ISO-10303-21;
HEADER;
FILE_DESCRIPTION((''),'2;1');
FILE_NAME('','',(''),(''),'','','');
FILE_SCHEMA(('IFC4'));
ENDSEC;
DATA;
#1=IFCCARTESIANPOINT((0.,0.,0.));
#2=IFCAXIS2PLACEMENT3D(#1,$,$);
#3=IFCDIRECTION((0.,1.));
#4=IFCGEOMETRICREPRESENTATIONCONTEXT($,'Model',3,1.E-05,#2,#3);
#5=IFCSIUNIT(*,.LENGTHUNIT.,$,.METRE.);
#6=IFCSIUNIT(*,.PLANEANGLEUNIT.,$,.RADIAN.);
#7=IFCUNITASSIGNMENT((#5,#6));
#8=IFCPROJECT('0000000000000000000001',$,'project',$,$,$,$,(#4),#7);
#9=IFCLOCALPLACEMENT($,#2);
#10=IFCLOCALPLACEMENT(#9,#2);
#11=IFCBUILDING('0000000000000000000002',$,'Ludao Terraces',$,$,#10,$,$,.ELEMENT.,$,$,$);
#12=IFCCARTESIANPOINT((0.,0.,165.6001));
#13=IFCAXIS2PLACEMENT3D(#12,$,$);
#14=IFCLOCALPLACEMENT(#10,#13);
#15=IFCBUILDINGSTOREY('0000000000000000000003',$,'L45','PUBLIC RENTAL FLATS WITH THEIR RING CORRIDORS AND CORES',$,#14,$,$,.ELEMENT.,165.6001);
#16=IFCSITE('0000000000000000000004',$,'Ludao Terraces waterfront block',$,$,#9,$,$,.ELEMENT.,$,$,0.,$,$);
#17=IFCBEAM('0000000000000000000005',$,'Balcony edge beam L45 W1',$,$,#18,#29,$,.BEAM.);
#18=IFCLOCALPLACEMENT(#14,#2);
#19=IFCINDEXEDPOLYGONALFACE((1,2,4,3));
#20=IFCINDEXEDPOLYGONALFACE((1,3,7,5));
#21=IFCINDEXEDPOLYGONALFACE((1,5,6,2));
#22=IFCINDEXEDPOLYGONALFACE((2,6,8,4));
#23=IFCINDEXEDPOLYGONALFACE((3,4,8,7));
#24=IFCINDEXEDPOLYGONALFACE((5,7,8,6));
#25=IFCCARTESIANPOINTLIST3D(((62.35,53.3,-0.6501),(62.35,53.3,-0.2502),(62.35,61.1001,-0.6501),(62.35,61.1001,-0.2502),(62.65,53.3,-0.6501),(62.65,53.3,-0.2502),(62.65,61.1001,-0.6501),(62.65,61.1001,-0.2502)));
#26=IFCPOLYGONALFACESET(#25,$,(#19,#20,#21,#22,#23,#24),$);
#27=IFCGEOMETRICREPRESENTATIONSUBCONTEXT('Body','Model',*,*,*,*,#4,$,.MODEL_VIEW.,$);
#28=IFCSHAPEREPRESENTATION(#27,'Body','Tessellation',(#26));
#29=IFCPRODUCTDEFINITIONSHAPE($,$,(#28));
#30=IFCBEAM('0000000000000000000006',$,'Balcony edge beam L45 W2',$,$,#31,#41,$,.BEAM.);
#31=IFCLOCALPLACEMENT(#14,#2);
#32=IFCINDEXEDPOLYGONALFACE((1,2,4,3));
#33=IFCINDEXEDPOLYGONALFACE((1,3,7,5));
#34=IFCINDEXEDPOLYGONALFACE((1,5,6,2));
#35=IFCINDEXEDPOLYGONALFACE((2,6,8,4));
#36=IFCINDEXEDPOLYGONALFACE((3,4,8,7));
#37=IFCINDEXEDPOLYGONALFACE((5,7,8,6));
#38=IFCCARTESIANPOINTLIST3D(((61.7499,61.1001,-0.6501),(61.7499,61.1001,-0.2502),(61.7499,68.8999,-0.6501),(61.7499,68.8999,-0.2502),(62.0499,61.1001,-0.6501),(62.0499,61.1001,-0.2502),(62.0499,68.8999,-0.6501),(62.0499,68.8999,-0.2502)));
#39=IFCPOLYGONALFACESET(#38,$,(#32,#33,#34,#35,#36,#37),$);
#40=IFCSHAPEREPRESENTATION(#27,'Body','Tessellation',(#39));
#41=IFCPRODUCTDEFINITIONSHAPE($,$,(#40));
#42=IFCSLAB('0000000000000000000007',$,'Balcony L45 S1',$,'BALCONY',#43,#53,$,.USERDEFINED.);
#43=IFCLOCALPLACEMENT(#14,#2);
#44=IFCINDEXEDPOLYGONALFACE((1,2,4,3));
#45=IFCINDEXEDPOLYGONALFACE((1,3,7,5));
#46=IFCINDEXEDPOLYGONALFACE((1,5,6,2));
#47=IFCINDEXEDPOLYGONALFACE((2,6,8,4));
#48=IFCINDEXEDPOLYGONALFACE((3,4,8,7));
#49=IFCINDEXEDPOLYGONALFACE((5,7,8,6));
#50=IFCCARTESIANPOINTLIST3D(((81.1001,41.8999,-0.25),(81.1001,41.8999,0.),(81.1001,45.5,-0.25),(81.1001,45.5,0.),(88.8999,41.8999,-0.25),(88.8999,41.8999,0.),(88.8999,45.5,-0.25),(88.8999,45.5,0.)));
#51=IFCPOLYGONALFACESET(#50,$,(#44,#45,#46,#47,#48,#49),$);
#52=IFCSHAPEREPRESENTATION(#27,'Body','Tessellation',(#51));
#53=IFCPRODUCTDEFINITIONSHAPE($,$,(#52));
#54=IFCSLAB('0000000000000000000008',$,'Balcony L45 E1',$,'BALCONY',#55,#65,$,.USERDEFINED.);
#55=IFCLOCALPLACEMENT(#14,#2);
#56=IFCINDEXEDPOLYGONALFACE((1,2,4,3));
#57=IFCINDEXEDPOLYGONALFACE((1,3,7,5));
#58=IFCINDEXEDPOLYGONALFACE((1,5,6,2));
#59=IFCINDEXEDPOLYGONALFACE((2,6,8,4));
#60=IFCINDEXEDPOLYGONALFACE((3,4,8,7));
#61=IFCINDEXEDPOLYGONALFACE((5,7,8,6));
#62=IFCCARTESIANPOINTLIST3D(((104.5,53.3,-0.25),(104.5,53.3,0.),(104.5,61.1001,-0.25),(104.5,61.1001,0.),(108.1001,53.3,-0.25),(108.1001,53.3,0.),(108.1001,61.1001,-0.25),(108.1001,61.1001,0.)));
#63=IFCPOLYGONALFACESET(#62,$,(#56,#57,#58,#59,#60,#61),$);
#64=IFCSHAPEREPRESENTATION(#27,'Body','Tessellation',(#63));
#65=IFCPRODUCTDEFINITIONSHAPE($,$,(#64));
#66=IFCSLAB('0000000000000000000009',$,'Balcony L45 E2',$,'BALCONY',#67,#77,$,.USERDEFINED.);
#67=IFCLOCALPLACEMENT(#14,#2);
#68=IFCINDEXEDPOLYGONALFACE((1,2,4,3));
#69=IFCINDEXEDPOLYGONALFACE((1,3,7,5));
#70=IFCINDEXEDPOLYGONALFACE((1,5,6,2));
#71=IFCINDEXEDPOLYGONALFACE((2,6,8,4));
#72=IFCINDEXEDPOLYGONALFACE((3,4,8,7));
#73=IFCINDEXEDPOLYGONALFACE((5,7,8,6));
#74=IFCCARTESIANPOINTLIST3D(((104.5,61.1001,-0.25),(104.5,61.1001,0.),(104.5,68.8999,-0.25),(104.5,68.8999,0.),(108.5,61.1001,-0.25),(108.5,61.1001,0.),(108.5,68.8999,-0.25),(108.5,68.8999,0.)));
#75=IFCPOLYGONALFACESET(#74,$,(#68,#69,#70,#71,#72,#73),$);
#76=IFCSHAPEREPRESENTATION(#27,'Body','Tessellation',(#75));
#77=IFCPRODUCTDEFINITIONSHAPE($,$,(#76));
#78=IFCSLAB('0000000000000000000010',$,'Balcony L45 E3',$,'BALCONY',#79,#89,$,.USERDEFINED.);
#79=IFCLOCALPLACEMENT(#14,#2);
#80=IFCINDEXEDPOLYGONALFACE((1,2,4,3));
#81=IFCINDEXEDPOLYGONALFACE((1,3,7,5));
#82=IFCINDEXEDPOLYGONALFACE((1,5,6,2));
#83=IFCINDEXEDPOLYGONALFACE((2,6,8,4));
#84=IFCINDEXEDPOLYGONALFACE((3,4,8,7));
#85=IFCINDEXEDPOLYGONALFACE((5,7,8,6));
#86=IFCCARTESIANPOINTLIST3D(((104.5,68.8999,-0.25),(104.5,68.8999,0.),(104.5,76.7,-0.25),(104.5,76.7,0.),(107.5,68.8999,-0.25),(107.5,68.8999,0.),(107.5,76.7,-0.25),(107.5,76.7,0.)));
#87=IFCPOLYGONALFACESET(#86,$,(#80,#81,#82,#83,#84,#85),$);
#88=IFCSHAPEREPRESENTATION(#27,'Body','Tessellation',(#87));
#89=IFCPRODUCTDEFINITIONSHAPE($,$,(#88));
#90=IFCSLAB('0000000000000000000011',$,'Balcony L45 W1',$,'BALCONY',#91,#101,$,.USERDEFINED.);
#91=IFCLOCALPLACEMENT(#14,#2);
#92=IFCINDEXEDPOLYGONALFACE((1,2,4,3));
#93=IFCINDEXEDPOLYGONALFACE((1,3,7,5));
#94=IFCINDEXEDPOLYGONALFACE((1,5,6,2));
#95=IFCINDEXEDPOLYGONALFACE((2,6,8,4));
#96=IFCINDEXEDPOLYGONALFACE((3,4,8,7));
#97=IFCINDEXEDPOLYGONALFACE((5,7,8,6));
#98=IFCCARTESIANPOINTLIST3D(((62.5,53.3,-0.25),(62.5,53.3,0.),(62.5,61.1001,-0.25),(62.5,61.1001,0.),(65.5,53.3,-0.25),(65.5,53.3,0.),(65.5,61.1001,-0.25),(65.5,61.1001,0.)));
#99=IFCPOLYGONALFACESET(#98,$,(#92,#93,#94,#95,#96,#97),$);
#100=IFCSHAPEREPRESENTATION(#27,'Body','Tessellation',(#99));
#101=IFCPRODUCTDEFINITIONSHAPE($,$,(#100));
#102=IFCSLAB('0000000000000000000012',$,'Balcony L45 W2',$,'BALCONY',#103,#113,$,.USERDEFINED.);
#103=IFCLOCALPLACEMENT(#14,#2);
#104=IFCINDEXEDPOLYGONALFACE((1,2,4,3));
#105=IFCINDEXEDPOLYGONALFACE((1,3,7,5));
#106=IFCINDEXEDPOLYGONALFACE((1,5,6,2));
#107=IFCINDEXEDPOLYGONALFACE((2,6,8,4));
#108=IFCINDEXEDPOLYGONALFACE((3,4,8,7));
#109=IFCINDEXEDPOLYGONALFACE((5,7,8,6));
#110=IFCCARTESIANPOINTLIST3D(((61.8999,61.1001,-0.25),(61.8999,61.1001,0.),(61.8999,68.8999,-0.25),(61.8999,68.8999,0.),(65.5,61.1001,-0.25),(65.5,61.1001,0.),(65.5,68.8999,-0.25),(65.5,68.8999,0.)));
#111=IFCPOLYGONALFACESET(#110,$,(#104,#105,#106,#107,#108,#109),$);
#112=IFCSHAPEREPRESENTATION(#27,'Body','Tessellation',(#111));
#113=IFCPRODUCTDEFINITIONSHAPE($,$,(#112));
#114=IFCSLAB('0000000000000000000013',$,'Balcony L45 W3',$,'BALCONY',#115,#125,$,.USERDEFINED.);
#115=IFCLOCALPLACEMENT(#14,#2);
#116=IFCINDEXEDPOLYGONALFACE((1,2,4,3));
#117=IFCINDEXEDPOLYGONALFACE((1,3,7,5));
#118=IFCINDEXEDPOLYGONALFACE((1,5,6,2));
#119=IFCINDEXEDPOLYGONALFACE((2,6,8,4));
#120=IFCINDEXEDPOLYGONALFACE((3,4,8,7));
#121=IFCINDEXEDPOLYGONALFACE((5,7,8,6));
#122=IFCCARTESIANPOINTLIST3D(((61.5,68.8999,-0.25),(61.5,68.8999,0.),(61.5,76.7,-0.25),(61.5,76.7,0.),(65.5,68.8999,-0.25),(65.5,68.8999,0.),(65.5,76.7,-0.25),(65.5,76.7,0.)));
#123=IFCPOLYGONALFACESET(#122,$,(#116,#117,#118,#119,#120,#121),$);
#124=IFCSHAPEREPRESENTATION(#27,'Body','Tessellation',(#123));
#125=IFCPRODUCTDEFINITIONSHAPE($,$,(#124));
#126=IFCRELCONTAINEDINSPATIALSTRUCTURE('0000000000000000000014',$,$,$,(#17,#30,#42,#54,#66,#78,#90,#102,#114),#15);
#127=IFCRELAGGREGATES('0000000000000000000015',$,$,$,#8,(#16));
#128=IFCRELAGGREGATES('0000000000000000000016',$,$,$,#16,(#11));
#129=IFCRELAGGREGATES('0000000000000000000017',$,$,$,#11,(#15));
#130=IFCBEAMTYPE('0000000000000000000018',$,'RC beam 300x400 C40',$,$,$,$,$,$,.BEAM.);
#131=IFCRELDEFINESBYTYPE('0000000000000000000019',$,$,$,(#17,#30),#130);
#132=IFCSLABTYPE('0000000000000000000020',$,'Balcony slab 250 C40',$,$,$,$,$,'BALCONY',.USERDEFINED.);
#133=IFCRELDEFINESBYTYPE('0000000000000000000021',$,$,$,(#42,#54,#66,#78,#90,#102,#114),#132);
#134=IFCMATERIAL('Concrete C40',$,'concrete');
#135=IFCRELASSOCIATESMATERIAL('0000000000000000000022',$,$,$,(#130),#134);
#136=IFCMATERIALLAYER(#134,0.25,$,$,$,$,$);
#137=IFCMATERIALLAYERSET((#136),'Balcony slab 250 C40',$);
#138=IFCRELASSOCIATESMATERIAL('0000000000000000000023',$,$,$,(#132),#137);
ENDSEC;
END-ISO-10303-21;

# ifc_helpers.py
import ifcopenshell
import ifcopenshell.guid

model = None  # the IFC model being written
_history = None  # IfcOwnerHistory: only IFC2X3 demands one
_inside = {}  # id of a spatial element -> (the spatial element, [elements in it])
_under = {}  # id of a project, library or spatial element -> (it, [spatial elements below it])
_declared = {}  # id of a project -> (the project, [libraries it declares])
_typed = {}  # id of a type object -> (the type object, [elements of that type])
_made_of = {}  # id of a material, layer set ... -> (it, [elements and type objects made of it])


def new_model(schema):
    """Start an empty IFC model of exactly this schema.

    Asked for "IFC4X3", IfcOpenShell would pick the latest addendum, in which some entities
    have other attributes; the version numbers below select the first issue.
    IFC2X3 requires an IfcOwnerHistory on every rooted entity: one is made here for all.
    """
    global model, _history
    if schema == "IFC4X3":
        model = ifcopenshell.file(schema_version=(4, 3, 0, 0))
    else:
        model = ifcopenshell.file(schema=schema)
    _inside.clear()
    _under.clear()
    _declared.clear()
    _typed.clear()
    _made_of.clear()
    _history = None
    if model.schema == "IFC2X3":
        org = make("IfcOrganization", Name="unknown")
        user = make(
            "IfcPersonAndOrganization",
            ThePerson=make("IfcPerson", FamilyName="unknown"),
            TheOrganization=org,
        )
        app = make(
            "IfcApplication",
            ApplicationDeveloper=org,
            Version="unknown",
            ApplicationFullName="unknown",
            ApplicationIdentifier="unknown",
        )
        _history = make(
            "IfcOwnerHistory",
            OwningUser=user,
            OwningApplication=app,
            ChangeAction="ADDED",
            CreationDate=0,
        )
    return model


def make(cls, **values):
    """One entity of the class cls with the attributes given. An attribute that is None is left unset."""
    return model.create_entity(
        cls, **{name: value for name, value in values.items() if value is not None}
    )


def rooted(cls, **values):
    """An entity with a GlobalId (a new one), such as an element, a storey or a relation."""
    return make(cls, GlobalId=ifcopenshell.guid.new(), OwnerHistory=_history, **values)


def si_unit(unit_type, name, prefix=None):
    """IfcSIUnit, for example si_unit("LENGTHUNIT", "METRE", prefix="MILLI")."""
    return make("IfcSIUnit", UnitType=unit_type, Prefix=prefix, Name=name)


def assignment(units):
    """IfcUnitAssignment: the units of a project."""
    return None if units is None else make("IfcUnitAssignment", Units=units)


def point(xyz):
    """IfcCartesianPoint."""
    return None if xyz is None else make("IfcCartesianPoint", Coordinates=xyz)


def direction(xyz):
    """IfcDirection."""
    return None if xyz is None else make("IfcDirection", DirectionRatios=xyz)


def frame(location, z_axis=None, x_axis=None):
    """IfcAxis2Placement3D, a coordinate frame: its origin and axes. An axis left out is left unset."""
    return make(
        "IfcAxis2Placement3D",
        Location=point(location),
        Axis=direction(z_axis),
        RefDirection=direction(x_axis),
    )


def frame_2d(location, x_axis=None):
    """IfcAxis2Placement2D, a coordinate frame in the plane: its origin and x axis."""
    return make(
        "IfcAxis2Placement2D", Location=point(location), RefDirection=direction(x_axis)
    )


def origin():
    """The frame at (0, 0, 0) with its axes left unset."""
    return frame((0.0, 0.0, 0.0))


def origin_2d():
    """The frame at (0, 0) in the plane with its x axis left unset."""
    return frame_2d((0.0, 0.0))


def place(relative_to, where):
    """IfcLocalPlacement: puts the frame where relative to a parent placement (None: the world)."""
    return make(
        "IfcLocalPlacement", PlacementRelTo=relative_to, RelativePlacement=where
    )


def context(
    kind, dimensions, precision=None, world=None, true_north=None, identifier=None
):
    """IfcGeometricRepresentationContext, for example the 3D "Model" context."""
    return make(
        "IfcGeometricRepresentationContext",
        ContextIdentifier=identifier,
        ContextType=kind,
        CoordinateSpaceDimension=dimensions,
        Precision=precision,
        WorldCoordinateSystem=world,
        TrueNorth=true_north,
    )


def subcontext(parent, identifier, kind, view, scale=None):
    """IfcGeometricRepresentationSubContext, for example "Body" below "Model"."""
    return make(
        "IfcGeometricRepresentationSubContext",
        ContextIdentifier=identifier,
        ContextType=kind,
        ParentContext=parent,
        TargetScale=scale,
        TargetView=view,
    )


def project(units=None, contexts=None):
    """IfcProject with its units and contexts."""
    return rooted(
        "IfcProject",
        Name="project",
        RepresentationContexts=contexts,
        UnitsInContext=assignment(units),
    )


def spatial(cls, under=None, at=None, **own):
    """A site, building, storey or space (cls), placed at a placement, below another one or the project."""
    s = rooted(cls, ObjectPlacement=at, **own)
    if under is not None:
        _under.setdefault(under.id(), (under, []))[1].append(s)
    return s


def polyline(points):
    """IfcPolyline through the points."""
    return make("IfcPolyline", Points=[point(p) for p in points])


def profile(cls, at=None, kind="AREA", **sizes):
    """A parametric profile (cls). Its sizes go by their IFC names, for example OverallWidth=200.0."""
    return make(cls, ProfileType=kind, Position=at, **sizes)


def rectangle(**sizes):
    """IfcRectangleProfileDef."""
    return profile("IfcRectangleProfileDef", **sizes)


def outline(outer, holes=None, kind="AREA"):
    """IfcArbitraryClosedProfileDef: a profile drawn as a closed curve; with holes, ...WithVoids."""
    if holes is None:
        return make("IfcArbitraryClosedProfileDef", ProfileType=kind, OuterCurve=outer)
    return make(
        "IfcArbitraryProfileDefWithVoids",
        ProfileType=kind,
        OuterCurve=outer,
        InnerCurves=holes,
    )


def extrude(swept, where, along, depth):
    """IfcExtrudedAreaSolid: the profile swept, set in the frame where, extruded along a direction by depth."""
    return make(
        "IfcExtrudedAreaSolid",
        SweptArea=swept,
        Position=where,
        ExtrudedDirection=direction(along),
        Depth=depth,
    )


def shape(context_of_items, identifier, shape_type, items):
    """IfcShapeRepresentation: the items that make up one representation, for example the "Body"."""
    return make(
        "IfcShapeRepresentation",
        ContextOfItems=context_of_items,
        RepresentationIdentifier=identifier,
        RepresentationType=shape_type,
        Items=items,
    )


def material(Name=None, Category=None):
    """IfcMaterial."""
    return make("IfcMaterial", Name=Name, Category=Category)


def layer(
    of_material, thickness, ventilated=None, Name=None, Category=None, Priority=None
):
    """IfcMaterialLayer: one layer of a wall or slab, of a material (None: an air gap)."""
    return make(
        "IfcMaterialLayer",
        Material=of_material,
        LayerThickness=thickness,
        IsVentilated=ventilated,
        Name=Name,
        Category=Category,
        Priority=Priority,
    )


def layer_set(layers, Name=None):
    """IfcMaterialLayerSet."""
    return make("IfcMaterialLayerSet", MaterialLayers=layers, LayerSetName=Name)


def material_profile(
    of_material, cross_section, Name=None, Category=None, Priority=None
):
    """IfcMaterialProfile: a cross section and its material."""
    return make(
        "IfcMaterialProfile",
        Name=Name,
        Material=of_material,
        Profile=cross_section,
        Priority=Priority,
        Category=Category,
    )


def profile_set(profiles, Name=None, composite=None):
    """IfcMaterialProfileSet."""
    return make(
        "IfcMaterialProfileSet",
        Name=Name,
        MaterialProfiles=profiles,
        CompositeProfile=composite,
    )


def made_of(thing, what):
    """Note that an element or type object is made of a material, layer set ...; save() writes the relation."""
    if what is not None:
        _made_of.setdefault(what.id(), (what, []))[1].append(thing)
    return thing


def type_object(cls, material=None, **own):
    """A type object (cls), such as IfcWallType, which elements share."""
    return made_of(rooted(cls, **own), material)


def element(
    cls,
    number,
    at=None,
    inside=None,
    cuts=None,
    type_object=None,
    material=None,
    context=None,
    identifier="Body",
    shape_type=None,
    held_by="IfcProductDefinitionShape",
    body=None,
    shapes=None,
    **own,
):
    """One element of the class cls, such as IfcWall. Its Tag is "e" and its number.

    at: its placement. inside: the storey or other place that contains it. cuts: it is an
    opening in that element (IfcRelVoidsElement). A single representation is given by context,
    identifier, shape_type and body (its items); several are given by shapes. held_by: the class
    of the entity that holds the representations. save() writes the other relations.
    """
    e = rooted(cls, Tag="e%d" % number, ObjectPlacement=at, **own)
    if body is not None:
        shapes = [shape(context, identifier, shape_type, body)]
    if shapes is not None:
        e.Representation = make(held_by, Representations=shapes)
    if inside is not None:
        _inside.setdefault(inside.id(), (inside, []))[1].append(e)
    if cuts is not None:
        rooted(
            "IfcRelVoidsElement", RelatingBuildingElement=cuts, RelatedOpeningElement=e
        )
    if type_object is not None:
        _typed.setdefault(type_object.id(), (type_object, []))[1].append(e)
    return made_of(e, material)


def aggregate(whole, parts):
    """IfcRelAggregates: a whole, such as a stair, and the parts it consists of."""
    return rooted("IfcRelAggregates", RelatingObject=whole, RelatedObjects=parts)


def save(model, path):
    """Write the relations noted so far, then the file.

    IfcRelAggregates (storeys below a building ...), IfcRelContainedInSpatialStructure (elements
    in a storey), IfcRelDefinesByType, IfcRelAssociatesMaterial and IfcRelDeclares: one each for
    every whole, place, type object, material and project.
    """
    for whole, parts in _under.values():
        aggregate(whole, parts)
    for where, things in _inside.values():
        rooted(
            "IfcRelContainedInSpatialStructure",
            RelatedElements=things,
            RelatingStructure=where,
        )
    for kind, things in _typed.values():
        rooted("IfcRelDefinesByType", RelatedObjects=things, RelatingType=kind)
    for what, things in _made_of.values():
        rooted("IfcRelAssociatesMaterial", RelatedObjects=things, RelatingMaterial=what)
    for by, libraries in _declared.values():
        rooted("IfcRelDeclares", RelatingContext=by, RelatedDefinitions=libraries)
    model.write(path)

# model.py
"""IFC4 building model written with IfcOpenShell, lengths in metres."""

from ifc_helpers import new_model, si_unit, direction, frame, origin, origin_2d, place, context, subcontext, project, spatial, polyline, rectangle, outline, extrude, material, layer, layer_set, material_profile, profile_set, type_object, element, save


model = new_model("IFC4")

# Units and contexts
model_context = context("Model", 3, precision=1e-05, world=origin(), true_north=direction((0.0, 1.0)))
body_context = subcontext(model_context, "Body", "Model", "MODEL_VIEW")
ifc_project = project(units=[si_unit("LENGTHUNIT", "METRE"), si_unit("PLANEANGLEUNIT", "RADIAN")], contexts=[model_context])

# Site, building, storey
site_placement = place(None, origin())
site = spatial("IfcSite", under=ifc_project, at=site_placement, Name="Ludao Terraces waterfront block", CompositionType="ELEMENT", RefElevation=0.0)
building_placement = place(site_placement, origin())
building = spatial("IfcBuilding", under=site, at=building_placement, Name="Ludao Terraces", CompositionType="ELEMENT")
storey_placement = place(building_placement, frame((0.0, 0.0, 165.6001)))
storey = spatial("IfcBuildingStorey", under=building, at=storey_placement, Name="L45", Description="PUBLIC RENTAL FLATS WITH THEIR RING CORRIDORS AND CORES", CompositionType="ELEMENT", Elevation=165.6001)

# Beams
ifc_material_1 = material(Name="Concrete C40", Category="concrete")
ifc_material_profile = material_profile(ifc_material_1, rectangle(XDim=0.3, YDim=0.3999, at=origin_2d()), Name="300 X 400")
ifc_profile_set = profile_set([ifc_material_profile], Name="Concrete C40")
beam_type = type_object("IfcBeamType", Name="RC beam 300x400 C40", PredefinedType="BEAM", material=ifc_profile_set)
beam_1_placement = place(storey_placement, frame((62.5, 53.3, -0.4502), z_axis=(0.0, 1.0, 0.0), x_axis=(-1.0, 0.0, 0.0)))
element("IfcBeam", 1, at=beam_1_placement, inside=storey, type_object=beam_type, Name="Balcony edge beam L45 W1", PredefinedType="BEAM", context=body_context, shape_type="SweptSolid", body=[
    extrude(rectangle(XDim=0.3, YDim=0.3999, at=origin_2d()), origin(), (0.0, 0.0, 1.0), 7.8),
])
beam_2_placement = place(storey_placement, frame((61.8999, 61.1001, -0.4502), z_axis=(0.0, 1.0, 0.0), x_axis=(-1.0, 0.0, 0.0)))
element("IfcBeam", 2, at=beam_2_placement, inside=storey, type_object=beam_type, Name="Balcony edge beam L45 W2", PredefinedType="BEAM", context=body_context, shape_type="SweptSolid", body=[
    extrude(rectangle(XDim=0.3, YDim=0.3999, at=origin_2d()), origin(), (0.0, 0.0, 1.0), 7.7998),
])

# Slabs
ifc_layer_1 = layer(ifc_material_1, 0.25)
ifc_layer_set_1 = layer_set([ifc_layer_1], Name="Balcony slab 250 C40")
slab_type_1 = type_object("IfcSlabType", Name="Balcony slab 250 C40", ElementType="BALCONY", PredefinedType="USERDEFINED", material=ifc_layer_set_1)
slab_1_placement = place(storey_placement, frame((0.0, 0.0, -0.25)))
element("IfcSlab", 3, at=slab_1_placement, inside=storey, type_object=slab_type_1, Name="Balcony L45 S1", ObjectType="BALCONY", PredefinedType="USERDEFINED", context=body_context, shape_type="SweptSolid", body=[
    extrude(outline(polyline([(81.1001, 41.8999), (88.8999, 41.8999), (88.8999, 45.5), (81.1001, 45.5), (81.1001, 41.8999)])), origin(), (0.0, 0.0, 1.0), 0.25),
])
slab_2_placement = place(storey_placement, frame((0.0, 0.0, -0.25)))
element("IfcSlab", 4, at=slab_2_placement, inside=storey, type_object=slab_type_1, Name="Balcony L45 E1", ObjectType="BALCONY", PredefinedType="USERDEFINED", context=body_context, shape_type="SweptSolid", body=[
    extrude(outline(polyline([(104.5, 53.3), (108.1001, 53.3), (108.1001, 61.1001), (104.5, 61.1001), (104.5, 53.3)])), origin(), (0.0, 0.0, 1.0), 0.25),
])
slab_3_placement = place(storey_placement, frame((0.0, 0.0, -0.25)))
element("IfcSlab", 5, at=slab_3_placement, inside=storey, type_object=slab_type_1, Name="Balcony L45 E2", ObjectType="BALCONY", PredefinedType="USERDEFINED", context=body_context, shape_type="SweptSolid", body=[
    extrude(outline(polyline([(104.5, 61.1001), (108.5, 61.1001), (108.5, 68.8999), (104.5, 68.8999), (104.5, 61.1001)])), origin(), (0.0, 0.0, 1.0), 0.25),
])
slab_4_placement = place(storey_placement, frame((0.0, 0.0, -0.25)))
element("IfcSlab", 6, at=slab_4_placement, inside=storey, type_object=slab_type_1, Name="Balcony L45 E3", ObjectType="BALCONY", PredefinedType="USERDEFINED", context=body_context, shape_type="SweptSolid", body=[
    extrude(outline(polyline([(104.5, 68.8999), (107.5, 68.8999), (107.5, 76.7), (104.5, 76.7), (104.5, 68.8999)])), origin(), (0.0, 0.0, 1.0), 0.25),
])
slab_5_placement = place(storey_placement, frame((0.0, 0.0, -0.25)))
element("IfcSlab", 7, at=slab_5_placement, inside=storey, type_object=slab_type_1, Name="Balcony L45 W1", ObjectType="BALCONY", PredefinedType="USERDEFINED", context=body_context, shape_type="SweptSolid", body=[
    extrude(outline(polyline([(62.5, 53.3), (65.5, 53.3), (65.5, 61.1001), (62.5, 61.1001), (62.5, 53.3)])), origin(), (0.0, 0.0, 1.0), 0.25),
])
slab_6_placement = place(storey_placement, frame((0.0, 0.0, -0.25)))
element("IfcSlab", 8, at=slab_6_placement, inside=storey, type_object=slab_type_1, Name="Balcony L45 W2", ObjectType="BALCONY", PredefinedType="USERDEFINED", context=body_context, shape_type="SweptSolid", body=[
    extrude(outline(polyline([(61.8999, 61.1001), (65.5, 61.1001), (65.5, 68.8999), (61.8999, 68.8999), (61.8999, 61.1001)])), origin(), (0.0, 0.0, 1.0), 0.25),
])
slab_7_placement = place(storey_placement, frame((0.0, 0.0, -0.25)))
element("IfcSlab", 9, at=slab_7_placement, inside=storey, type_object=slab_type_1, Name="Balcony L45 W3", ObjectType="BALCONY", PredefinedType="USERDEFINED", context=body_context, shape_type="SweptSolid", body=[
    extrude(outline(polyline([(61.5, 68.8999), (65.5, 68.8999), (65.5, 76.7), (61.5, 76.7), (61.5, 68.8999)])), origin(), (0.0, 0.0, 1.0), 0.25),
])

save(model, "model.ifc")
